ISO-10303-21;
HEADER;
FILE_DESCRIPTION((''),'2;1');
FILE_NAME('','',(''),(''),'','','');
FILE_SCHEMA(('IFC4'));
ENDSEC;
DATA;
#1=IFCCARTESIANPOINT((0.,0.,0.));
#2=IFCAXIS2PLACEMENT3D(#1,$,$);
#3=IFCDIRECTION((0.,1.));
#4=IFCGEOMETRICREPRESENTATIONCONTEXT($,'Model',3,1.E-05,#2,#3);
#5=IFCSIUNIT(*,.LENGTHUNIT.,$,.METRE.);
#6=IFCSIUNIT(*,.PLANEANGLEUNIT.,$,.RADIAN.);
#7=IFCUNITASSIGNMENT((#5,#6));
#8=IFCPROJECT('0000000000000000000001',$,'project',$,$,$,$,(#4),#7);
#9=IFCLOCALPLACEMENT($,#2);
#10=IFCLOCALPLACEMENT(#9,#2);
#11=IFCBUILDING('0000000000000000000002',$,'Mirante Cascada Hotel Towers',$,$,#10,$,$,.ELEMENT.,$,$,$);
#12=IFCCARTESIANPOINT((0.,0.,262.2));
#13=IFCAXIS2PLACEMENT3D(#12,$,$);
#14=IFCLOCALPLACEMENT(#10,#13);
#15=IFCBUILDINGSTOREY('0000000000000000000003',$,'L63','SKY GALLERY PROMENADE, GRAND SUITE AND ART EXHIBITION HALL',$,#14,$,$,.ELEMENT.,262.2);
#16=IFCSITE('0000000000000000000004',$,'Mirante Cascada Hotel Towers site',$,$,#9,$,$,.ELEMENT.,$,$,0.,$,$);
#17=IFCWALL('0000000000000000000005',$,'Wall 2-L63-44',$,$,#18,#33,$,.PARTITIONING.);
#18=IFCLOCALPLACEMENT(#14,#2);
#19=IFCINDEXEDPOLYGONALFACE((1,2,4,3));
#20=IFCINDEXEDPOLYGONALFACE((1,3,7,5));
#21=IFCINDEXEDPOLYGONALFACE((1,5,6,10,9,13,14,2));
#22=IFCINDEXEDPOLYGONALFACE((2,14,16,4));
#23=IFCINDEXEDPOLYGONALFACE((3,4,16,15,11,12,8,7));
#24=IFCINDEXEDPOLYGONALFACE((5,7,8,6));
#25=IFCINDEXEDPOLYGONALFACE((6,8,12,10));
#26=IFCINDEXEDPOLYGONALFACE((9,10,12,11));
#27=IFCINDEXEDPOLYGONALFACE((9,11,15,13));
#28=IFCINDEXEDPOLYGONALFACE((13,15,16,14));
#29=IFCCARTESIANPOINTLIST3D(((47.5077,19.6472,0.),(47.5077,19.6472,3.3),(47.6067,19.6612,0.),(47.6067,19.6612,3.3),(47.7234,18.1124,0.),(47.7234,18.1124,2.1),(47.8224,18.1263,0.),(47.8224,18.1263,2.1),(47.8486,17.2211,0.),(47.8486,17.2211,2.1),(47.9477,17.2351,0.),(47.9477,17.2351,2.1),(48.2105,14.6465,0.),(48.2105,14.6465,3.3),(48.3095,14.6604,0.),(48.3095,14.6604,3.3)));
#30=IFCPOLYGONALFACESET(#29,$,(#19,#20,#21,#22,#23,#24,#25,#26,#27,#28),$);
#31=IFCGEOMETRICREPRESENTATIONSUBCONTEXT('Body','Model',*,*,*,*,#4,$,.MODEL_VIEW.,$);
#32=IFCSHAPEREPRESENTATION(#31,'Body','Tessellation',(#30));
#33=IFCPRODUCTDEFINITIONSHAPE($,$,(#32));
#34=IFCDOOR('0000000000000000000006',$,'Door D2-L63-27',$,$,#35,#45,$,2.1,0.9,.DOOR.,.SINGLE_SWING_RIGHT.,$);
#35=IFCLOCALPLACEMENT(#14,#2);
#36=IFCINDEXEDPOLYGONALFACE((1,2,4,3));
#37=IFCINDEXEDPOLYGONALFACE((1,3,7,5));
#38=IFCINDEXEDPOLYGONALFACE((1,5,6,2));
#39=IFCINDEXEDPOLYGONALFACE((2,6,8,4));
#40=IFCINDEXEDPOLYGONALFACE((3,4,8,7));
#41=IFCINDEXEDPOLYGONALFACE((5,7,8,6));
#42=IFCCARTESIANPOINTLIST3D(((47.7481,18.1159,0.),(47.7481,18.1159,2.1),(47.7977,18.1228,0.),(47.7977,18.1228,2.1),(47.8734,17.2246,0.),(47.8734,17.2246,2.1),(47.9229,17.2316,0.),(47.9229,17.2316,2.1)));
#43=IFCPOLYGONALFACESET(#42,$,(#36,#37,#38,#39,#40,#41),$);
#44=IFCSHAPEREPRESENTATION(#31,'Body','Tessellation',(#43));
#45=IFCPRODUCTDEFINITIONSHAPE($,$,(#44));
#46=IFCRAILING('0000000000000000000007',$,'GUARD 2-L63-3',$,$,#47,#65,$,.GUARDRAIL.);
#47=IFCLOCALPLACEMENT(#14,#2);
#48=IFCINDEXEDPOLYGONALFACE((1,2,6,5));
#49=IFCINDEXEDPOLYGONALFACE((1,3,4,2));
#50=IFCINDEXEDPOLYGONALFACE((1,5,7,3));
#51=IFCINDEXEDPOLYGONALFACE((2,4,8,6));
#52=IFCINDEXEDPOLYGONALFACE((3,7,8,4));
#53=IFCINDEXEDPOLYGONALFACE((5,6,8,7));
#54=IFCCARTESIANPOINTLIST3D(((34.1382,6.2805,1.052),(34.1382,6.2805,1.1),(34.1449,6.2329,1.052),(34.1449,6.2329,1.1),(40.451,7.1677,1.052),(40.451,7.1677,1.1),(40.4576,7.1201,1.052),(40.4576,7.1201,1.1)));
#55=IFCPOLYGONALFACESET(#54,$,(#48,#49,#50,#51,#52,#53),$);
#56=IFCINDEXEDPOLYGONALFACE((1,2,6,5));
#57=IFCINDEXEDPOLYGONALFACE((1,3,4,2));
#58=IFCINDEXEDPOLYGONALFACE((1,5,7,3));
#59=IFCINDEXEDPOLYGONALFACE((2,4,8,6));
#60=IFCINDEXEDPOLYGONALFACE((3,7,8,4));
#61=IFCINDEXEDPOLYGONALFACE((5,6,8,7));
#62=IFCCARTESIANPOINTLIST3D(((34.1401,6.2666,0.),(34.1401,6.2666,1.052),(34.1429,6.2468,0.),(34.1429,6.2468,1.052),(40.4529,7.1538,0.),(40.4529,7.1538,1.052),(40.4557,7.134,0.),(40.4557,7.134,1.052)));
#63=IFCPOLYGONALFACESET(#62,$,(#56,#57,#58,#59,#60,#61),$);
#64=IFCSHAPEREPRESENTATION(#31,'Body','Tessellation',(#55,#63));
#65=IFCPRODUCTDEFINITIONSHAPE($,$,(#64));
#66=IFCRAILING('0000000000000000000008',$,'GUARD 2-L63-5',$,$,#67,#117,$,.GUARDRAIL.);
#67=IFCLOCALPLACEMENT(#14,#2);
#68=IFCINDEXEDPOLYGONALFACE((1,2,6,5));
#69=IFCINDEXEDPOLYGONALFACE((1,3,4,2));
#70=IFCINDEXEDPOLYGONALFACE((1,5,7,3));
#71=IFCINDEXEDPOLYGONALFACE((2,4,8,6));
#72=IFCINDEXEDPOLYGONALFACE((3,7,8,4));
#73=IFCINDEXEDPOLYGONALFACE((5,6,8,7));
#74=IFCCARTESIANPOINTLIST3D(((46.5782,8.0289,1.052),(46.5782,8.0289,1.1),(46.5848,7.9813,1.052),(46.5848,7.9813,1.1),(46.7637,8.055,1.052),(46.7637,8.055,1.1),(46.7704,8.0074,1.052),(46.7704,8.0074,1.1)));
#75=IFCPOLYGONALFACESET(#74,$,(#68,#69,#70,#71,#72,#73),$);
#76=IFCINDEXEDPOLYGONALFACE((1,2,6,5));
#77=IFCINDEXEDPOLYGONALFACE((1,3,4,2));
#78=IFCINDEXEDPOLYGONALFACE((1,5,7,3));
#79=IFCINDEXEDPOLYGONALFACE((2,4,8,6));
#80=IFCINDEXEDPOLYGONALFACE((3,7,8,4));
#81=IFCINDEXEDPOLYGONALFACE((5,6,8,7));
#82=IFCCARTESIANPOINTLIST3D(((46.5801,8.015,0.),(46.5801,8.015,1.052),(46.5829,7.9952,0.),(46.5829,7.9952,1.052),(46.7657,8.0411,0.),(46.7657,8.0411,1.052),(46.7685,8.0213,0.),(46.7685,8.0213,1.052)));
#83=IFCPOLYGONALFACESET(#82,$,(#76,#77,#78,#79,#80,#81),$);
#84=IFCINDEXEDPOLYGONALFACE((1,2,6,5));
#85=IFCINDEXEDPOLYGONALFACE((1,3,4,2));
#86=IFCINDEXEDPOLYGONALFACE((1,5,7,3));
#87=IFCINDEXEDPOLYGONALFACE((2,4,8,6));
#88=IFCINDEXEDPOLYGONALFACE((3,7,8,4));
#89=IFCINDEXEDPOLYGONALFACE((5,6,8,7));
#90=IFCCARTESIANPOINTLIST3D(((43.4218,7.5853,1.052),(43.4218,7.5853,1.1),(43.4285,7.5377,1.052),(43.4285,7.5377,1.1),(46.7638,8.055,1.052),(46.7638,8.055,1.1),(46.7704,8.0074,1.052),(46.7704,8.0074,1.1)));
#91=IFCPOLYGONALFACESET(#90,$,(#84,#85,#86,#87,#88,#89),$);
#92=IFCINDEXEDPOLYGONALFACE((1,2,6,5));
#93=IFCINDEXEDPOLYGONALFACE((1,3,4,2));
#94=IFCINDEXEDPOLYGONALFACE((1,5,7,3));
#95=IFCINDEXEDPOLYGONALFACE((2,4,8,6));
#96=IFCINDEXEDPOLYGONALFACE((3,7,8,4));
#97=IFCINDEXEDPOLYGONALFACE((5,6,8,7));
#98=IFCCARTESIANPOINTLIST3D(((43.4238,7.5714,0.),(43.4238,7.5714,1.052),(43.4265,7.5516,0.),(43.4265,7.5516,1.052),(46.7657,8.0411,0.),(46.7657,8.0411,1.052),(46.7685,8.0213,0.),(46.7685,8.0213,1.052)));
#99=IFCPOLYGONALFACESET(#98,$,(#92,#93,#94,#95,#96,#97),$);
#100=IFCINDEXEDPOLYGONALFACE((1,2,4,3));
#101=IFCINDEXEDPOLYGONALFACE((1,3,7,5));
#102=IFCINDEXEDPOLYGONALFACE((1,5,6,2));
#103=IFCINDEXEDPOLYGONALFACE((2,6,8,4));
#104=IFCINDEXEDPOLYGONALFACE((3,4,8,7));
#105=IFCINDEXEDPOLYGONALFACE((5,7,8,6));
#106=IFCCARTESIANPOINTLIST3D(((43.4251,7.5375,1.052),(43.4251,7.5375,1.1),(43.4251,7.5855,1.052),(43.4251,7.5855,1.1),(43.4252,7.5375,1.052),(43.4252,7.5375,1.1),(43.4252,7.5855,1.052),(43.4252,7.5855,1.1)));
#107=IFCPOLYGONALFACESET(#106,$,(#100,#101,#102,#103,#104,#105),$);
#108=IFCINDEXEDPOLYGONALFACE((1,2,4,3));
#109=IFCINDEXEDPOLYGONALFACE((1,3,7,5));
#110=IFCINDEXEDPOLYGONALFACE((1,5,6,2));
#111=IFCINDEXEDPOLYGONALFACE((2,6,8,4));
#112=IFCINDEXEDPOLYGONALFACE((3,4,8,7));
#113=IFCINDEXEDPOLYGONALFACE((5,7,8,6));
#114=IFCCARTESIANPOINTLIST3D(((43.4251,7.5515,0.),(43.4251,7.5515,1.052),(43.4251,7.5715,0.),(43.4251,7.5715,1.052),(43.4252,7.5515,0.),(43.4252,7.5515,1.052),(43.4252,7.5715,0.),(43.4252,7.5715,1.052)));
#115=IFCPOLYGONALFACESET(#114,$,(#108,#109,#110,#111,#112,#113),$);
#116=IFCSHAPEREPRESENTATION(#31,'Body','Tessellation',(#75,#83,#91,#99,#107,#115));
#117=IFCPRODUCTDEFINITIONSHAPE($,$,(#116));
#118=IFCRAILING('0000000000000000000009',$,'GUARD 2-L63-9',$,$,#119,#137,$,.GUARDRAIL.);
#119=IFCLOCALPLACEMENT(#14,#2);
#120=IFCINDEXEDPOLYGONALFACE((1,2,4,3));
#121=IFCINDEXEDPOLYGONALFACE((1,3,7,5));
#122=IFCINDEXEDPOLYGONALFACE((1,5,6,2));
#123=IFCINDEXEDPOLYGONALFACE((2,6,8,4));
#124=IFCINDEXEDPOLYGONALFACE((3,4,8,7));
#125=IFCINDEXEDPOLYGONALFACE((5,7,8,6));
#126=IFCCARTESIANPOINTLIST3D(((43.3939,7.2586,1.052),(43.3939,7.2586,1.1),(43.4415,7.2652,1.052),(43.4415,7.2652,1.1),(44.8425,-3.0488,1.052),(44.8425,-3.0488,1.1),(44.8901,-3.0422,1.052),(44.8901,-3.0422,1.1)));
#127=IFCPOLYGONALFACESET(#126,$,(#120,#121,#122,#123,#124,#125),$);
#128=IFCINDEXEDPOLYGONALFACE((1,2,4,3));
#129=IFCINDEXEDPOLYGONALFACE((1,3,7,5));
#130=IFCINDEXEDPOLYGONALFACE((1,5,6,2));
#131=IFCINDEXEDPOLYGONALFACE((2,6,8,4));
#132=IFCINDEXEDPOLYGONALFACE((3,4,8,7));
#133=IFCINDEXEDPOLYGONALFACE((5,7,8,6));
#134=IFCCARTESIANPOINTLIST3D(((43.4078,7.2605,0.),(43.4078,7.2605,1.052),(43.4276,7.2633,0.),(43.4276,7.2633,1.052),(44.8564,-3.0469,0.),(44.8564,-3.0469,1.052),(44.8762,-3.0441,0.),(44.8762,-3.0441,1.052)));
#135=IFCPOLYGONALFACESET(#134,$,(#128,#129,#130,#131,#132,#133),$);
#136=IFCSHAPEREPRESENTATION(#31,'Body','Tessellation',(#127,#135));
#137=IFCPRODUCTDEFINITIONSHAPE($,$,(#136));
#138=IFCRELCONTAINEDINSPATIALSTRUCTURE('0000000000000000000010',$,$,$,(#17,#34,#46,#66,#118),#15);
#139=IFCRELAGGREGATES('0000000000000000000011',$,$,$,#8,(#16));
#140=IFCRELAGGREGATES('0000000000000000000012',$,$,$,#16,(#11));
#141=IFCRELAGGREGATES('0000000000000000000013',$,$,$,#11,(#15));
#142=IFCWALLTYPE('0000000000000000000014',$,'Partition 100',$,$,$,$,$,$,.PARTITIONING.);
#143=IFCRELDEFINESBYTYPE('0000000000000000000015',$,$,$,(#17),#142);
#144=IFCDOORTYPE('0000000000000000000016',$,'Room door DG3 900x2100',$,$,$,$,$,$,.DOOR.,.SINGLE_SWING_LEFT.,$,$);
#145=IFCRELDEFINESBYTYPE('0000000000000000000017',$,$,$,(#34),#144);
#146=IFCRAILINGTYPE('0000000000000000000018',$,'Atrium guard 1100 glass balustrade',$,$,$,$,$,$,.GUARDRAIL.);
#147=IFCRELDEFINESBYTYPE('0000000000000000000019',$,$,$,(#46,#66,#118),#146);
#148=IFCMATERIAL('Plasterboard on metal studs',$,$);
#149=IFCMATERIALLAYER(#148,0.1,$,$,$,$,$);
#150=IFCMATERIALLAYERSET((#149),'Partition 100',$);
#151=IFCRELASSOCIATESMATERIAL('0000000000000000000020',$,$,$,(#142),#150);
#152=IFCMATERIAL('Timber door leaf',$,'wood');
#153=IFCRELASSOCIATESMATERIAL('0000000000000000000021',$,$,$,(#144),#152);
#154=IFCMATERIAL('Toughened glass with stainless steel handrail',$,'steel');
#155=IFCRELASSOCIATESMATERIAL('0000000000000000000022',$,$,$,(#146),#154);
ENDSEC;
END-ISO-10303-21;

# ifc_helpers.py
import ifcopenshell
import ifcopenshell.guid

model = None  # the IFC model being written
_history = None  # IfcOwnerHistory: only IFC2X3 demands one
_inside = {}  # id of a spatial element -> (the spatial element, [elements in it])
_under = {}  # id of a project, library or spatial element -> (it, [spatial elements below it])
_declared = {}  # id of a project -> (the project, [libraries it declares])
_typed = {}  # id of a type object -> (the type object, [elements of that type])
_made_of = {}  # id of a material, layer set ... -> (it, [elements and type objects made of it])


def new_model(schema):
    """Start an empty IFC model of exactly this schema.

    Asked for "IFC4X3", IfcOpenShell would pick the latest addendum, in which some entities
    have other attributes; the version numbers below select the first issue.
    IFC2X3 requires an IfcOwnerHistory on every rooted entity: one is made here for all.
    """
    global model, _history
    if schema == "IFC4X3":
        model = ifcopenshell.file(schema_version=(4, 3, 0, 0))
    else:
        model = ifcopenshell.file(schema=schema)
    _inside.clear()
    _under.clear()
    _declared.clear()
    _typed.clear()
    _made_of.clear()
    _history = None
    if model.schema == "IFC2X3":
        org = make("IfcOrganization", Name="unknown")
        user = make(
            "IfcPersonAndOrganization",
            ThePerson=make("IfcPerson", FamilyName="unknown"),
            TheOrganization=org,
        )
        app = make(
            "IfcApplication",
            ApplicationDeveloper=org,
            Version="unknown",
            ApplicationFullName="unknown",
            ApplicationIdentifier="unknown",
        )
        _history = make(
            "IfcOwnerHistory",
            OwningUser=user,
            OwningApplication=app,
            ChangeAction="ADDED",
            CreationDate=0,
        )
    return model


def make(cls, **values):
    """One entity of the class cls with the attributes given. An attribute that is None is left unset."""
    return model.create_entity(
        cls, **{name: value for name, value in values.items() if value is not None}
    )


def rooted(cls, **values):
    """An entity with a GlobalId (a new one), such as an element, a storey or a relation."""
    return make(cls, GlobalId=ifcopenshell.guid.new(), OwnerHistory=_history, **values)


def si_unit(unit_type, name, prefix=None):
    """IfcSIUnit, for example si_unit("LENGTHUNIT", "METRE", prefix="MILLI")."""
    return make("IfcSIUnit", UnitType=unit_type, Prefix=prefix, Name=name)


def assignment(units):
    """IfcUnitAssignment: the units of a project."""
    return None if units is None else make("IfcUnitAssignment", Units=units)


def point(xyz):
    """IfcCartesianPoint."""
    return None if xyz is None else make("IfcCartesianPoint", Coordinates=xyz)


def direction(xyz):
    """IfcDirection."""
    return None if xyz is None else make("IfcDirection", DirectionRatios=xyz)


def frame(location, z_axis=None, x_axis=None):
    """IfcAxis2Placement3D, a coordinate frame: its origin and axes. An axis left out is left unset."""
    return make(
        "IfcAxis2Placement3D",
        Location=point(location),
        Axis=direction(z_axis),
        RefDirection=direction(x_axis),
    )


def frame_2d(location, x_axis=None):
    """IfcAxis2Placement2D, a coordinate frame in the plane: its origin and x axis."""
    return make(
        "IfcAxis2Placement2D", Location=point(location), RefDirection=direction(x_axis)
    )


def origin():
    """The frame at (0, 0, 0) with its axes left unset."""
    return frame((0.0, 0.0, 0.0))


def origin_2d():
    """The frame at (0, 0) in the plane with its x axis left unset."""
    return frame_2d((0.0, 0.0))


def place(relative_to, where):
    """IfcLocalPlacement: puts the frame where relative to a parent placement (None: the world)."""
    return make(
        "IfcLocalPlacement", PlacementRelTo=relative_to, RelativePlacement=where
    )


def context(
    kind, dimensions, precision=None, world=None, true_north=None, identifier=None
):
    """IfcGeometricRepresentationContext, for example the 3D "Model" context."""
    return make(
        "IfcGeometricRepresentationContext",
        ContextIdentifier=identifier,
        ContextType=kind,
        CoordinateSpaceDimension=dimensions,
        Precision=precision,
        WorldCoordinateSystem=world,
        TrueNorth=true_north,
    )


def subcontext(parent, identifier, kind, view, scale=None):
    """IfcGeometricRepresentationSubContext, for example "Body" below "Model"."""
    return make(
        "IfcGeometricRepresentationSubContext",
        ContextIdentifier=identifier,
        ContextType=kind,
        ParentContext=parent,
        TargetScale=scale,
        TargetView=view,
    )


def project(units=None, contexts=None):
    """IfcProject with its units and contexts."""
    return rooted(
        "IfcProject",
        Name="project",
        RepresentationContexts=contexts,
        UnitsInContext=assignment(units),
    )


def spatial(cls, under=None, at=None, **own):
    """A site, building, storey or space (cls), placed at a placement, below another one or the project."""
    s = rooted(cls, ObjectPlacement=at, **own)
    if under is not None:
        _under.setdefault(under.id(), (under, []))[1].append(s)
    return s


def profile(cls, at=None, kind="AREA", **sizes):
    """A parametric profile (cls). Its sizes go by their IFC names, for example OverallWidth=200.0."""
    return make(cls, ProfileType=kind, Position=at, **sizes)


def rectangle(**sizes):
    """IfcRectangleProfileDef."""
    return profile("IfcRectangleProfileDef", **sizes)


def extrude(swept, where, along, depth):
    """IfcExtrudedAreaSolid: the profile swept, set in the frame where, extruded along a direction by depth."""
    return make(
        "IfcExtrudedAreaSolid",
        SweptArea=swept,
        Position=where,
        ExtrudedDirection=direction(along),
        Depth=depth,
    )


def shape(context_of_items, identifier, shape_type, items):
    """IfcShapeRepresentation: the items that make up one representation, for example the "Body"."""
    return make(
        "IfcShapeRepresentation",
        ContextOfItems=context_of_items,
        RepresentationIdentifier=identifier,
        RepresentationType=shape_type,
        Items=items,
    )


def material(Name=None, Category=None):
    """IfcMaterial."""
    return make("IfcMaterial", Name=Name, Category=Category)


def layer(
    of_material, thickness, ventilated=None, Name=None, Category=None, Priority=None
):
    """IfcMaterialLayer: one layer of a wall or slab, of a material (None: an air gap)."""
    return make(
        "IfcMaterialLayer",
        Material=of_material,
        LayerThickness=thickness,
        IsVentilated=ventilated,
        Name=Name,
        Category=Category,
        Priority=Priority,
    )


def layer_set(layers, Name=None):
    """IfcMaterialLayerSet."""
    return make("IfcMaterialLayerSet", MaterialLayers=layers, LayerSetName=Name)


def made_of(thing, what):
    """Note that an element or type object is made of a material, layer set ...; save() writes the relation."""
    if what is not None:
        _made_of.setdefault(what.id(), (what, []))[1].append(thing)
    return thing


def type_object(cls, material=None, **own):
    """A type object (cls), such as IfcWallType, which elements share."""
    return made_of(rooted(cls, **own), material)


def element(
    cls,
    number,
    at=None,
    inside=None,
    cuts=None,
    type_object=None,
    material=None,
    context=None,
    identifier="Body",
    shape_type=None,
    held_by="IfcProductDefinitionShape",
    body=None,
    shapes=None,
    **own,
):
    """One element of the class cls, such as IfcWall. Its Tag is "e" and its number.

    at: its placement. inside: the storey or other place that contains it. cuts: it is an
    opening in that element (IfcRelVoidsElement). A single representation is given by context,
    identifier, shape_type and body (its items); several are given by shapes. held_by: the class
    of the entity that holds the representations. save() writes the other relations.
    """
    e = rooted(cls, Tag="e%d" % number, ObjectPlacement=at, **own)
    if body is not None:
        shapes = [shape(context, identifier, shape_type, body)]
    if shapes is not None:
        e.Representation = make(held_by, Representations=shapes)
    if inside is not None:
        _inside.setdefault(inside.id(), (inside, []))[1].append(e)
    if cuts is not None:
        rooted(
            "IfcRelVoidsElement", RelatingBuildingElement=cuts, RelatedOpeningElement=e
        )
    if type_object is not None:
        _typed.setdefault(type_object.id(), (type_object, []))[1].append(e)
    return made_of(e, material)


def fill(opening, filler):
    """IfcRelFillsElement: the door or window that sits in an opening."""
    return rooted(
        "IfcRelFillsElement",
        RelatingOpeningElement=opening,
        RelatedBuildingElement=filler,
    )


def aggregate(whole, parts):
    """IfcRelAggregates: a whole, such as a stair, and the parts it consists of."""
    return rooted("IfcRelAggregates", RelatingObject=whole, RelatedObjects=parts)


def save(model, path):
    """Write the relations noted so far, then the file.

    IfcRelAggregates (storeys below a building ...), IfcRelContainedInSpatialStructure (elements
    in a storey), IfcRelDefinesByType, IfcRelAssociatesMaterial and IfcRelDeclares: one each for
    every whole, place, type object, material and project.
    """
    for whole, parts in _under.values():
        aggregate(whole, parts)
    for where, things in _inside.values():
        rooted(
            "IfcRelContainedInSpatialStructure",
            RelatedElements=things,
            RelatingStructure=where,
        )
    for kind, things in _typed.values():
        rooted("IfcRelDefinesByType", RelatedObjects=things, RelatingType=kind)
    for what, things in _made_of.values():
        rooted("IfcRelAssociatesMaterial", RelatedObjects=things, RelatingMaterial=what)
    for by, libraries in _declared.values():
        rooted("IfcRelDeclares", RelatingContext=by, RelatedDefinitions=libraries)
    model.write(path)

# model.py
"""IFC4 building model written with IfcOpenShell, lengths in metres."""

from ifc_helpers import new_model, si_unit, direction, frame, frame_2d, origin, origin_2d, place, context, subcontext, project, spatial, rectangle, extrude, material, layer, layer_set, type_object, element, fill, save


model = new_model("IFC4")

# Units and contexts
model_context = context("Model", 3, precision=1e-05, world=origin(), true_north=direction((0.0, 1.0)))
body_context = subcontext(model_context, "Body", "Model", "MODEL_VIEW")
ifc_project = project(units=[si_unit("LENGTHUNIT", "METRE"), si_unit("PLANEANGLEUNIT", "RADIAN")], contexts=[model_context])

# Site, building, storey
site_placement = place(None, origin())
site = spatial("IfcSite", under=ifc_project, at=site_placement, Name="Mirante Cascada Hotel Towers site", CompositionType="ELEMENT", RefElevation=0.0)
building_placement = place(site_placement, origin())
building = spatial("IfcBuilding", under=site, at=building_placement, Name="Mirante Cascada Hotel Towers", CompositionType="ELEMENT")
storey_placement = place(building_placement, frame((0.0, 0.0, 262.2)))
storey = spatial("IfcBuildingStorey", under=building, at=storey_placement, Name="L63", Description="SKY GALLERY PROMENADE, GRAND SUITE AND ART EXHIBITION HALL", CompositionType="ELEMENT", Elevation=262.2)

# Wall, opening, door
ifc_material_1 = material(Name="Plasterboard on metal studs")
ifc_layer_1 = layer(ifc_material_1, 0.1)
ifc_layer_set_1 = layer_set([ifc_layer_1], Name="Partition 100")
wall_type_1 = type_object("IfcWallType", Name="Partition 100", PredefinedType="PARTITIONING", material=ifc_layer_set_1)
wall_1_placement = place(storey_placement, frame((48.26, 14.6534, 0.0), z_axis=(0.0, 0.0, 1.0), x_axis=(-0.13917, 0.990268, 0.0)))
wall_1 = element("IfcWall", 1, at=wall_1_placement, inside=storey, type_object=wall_type_1, Name="Wall 2-L63-44", PredefinedType="PARTITIONING", context=body_context, shape_type="SweptSolid", body=[
    extrude(rectangle(XDim=5.0499, YDim=0.1, at=frame_2d((2.525, 0.0))), origin(), (0.0, 0.0, 1.0), 3.3),
])
opening_1_placement = place(wall_1_placement, frame((2.6, 0.0, 0.0)))
opening_1 = element("IfcOpeningElement", 2, at=opening_1_placement, cuts=wall_1, PredefinedType="OPENING", context=body_context, shape_type="SweptSolid", body=[
    extrude(rectangle(XDim=0.9, YDim=2.1, at=frame_2d((0.45, 1.05))), frame((0.0, 0.05, 0.0), z_axis=(0.0, -1.0, 0.0), x_axis=(1.0, 0.0, 0.0)), (0.0, 0.0, 1.0), 0.1),
])
ifc_material_2 = material(Name="Timber door leaf", Category="wood")
door_type_1 = type_object("IfcDoorType", Name="Room door DG3 900x2100", OperationType="SINGLE_SWING_LEFT", PredefinedType="DOOR", material=ifc_material_2)
door_1_placement = place(opening_1_placement, frame((0.9, 0.0, 0.0), z_axis=(0.0, 0.0, 1.0), x_axis=(-1.0, 0.0, 0.0)))
door_1 = element("IfcDoor", 3, at=door_1_placement, inside=storey, type_object=door_type_1, Name="Door D2-L63-27", OperationType="SINGLE_SWING_RIGHT", OverallHeight=2.1, OverallWidth=0.9, PredefinedType="DOOR", context=body_context, shape_type="SweptSolid", body=[
    extrude(rectangle(XDim=0.9, YDim=2.1, at=frame_2d((0.45, 1.05))), frame((0.0, 0.025, 0.0), z_axis=(0.0, -1.0, 0.0), x_axis=(1.0, 0.0, 0.0)), (0.0, 0.0, 1.0), 0.05),
])
fill(opening_1, door_1)

# Railings
ifc_material_3 = material(Name="Toughened glass with stainless steel handrail", Category="steel")
railing_type = type_object("IfcRailingType", Name="Atrium guard 1100 glass balustrade", PredefinedType="GUARDRAIL", material=ifc_material_3)
railing_1_placement = place(storey_placement, frame((40.4543, 7.1439, 0.0)))
element("IfcRailing", 4, at=railing_1_placement, inside=storey, type_object=railing_type, Name="GUARD 2-L63-3", PredefinedType="GUARDRAIL", context=body_context, shape_type="SweptSolid", body=[
    extrude(rectangle(XDim=0.048, YDim=0.048, at=origin_2d()), frame((0.0, 0.0, 1.076), z_axis=(-0.990268, -0.139172, 0.0), x_axis=(0.139172, -0.990268, 0.0)), (0.0, 0.0, 1.0), 6.3748),
    extrude(rectangle(XDim=0.02, YDim=1.052, at=origin_2d()), frame((0.0, 0.0, 0.526), z_axis=(-0.990268, -0.139172, 0.0), x_axis=(0.139172, -0.990268, 0.0)), (0.0, 0.0, 1.0), 6.3748),
])
railing_2_placement = place(storey_placement, frame((46.5815, 8.0051, 0.0)))
element("IfcRailing", 5, at=railing_2_placement, inside=storey, type_object=railing_type, Name="GUARD 2-L63-5", PredefinedType="GUARDRAIL", context=body_context, shape_type="SweptSolid", body=[
    extrude(rectangle(XDim=0.048, YDim=0.048, at=origin_2d()), frame((0.0, 0.0, 1.076), z_axis=(0.990257, 0.139255, 0.0), x_axis=(-0.139255, 0.990257, 0.0)), (0.0, 0.0, 1.0), 0.1874),
    extrude(rectangle(XDim=0.02, YDim=1.052, at=origin_2d()), frame((0.0, 0.0, 0.526), z_axis=(0.990257, 0.139255, 0.0), x_axis=(-0.139255, 0.990257, 0.0)), (0.0, 0.0, 1.0), 0.1874),
    extrude(rectangle(XDim=0.048, YDim=0.048, at=origin_2d()), frame((0.1856, 0.0261, 1.076), z_axis=(-0.990268, -0.139177, 0.0), x_axis=(0.139177, -0.990268, 0.0)), (0.0, 0.0, 1.0), 3.3748),
    extrude(rectangle(XDim=0.02, YDim=1.052, at=origin_2d()), frame((0.1856, 0.0261, 0.526), z_axis=(-0.990268, -0.139177, 0.0), x_axis=(0.139177, -0.990268, 0.0)), (0.0, 0.0, 1.0), 3.3748),
    extrude(rectangle(XDim=0.048, YDim=0.048, at=origin_2d()), frame((-3.1564, -0.4436, 1.076), z_axis=(1.0, 0.0, 0.0), x_axis=(0.0, 1.0, 0.0)), (0.0, 0.0, 1.0), 0.0001),
    extrude(rectangle(XDim=0.02, YDim=1.052, at=origin_2d()), frame((-3.1564, -0.4436, 0.526), z_axis=(1.0, 0.0, 0.0), x_axis=(0.0, 1.0, 0.0)), (0.0, 0.0, 1.0), 0.0001),
])
railing_3_placement = place(storey_placement, frame((43.4177, 7.2619, 0.0)))
element("IfcRailing", 6, at=railing_3_placement, inside=storey, type_object=railing_type, Name="GUARD 2-L63-9", PredefinedType="GUARDRAIL", context=body_context, shape_type="SweptSolid", body=[
    extrude(rectangle(XDim=0.048, YDim=0.048, at=origin_2d()), frame((0.0, 0.0, 1.076), z_axis=(0.139172, -0.990268, 0.0), x_axis=(0.990268, 0.139172, 0.0)), (0.0, 0.0, 1.0), 10.4087),
    extrude(rectangle(XDim=0.02, YDim=1.052, at=origin_2d()), frame((0.0, 0.0, 0.526), z_axis=(0.139172, -0.990268, 0.0), x_axis=(0.990268, 0.139172, 0.0)), (0.0, 0.0, 1.0), 10.4087),
])

save(model, "model.ifc")
